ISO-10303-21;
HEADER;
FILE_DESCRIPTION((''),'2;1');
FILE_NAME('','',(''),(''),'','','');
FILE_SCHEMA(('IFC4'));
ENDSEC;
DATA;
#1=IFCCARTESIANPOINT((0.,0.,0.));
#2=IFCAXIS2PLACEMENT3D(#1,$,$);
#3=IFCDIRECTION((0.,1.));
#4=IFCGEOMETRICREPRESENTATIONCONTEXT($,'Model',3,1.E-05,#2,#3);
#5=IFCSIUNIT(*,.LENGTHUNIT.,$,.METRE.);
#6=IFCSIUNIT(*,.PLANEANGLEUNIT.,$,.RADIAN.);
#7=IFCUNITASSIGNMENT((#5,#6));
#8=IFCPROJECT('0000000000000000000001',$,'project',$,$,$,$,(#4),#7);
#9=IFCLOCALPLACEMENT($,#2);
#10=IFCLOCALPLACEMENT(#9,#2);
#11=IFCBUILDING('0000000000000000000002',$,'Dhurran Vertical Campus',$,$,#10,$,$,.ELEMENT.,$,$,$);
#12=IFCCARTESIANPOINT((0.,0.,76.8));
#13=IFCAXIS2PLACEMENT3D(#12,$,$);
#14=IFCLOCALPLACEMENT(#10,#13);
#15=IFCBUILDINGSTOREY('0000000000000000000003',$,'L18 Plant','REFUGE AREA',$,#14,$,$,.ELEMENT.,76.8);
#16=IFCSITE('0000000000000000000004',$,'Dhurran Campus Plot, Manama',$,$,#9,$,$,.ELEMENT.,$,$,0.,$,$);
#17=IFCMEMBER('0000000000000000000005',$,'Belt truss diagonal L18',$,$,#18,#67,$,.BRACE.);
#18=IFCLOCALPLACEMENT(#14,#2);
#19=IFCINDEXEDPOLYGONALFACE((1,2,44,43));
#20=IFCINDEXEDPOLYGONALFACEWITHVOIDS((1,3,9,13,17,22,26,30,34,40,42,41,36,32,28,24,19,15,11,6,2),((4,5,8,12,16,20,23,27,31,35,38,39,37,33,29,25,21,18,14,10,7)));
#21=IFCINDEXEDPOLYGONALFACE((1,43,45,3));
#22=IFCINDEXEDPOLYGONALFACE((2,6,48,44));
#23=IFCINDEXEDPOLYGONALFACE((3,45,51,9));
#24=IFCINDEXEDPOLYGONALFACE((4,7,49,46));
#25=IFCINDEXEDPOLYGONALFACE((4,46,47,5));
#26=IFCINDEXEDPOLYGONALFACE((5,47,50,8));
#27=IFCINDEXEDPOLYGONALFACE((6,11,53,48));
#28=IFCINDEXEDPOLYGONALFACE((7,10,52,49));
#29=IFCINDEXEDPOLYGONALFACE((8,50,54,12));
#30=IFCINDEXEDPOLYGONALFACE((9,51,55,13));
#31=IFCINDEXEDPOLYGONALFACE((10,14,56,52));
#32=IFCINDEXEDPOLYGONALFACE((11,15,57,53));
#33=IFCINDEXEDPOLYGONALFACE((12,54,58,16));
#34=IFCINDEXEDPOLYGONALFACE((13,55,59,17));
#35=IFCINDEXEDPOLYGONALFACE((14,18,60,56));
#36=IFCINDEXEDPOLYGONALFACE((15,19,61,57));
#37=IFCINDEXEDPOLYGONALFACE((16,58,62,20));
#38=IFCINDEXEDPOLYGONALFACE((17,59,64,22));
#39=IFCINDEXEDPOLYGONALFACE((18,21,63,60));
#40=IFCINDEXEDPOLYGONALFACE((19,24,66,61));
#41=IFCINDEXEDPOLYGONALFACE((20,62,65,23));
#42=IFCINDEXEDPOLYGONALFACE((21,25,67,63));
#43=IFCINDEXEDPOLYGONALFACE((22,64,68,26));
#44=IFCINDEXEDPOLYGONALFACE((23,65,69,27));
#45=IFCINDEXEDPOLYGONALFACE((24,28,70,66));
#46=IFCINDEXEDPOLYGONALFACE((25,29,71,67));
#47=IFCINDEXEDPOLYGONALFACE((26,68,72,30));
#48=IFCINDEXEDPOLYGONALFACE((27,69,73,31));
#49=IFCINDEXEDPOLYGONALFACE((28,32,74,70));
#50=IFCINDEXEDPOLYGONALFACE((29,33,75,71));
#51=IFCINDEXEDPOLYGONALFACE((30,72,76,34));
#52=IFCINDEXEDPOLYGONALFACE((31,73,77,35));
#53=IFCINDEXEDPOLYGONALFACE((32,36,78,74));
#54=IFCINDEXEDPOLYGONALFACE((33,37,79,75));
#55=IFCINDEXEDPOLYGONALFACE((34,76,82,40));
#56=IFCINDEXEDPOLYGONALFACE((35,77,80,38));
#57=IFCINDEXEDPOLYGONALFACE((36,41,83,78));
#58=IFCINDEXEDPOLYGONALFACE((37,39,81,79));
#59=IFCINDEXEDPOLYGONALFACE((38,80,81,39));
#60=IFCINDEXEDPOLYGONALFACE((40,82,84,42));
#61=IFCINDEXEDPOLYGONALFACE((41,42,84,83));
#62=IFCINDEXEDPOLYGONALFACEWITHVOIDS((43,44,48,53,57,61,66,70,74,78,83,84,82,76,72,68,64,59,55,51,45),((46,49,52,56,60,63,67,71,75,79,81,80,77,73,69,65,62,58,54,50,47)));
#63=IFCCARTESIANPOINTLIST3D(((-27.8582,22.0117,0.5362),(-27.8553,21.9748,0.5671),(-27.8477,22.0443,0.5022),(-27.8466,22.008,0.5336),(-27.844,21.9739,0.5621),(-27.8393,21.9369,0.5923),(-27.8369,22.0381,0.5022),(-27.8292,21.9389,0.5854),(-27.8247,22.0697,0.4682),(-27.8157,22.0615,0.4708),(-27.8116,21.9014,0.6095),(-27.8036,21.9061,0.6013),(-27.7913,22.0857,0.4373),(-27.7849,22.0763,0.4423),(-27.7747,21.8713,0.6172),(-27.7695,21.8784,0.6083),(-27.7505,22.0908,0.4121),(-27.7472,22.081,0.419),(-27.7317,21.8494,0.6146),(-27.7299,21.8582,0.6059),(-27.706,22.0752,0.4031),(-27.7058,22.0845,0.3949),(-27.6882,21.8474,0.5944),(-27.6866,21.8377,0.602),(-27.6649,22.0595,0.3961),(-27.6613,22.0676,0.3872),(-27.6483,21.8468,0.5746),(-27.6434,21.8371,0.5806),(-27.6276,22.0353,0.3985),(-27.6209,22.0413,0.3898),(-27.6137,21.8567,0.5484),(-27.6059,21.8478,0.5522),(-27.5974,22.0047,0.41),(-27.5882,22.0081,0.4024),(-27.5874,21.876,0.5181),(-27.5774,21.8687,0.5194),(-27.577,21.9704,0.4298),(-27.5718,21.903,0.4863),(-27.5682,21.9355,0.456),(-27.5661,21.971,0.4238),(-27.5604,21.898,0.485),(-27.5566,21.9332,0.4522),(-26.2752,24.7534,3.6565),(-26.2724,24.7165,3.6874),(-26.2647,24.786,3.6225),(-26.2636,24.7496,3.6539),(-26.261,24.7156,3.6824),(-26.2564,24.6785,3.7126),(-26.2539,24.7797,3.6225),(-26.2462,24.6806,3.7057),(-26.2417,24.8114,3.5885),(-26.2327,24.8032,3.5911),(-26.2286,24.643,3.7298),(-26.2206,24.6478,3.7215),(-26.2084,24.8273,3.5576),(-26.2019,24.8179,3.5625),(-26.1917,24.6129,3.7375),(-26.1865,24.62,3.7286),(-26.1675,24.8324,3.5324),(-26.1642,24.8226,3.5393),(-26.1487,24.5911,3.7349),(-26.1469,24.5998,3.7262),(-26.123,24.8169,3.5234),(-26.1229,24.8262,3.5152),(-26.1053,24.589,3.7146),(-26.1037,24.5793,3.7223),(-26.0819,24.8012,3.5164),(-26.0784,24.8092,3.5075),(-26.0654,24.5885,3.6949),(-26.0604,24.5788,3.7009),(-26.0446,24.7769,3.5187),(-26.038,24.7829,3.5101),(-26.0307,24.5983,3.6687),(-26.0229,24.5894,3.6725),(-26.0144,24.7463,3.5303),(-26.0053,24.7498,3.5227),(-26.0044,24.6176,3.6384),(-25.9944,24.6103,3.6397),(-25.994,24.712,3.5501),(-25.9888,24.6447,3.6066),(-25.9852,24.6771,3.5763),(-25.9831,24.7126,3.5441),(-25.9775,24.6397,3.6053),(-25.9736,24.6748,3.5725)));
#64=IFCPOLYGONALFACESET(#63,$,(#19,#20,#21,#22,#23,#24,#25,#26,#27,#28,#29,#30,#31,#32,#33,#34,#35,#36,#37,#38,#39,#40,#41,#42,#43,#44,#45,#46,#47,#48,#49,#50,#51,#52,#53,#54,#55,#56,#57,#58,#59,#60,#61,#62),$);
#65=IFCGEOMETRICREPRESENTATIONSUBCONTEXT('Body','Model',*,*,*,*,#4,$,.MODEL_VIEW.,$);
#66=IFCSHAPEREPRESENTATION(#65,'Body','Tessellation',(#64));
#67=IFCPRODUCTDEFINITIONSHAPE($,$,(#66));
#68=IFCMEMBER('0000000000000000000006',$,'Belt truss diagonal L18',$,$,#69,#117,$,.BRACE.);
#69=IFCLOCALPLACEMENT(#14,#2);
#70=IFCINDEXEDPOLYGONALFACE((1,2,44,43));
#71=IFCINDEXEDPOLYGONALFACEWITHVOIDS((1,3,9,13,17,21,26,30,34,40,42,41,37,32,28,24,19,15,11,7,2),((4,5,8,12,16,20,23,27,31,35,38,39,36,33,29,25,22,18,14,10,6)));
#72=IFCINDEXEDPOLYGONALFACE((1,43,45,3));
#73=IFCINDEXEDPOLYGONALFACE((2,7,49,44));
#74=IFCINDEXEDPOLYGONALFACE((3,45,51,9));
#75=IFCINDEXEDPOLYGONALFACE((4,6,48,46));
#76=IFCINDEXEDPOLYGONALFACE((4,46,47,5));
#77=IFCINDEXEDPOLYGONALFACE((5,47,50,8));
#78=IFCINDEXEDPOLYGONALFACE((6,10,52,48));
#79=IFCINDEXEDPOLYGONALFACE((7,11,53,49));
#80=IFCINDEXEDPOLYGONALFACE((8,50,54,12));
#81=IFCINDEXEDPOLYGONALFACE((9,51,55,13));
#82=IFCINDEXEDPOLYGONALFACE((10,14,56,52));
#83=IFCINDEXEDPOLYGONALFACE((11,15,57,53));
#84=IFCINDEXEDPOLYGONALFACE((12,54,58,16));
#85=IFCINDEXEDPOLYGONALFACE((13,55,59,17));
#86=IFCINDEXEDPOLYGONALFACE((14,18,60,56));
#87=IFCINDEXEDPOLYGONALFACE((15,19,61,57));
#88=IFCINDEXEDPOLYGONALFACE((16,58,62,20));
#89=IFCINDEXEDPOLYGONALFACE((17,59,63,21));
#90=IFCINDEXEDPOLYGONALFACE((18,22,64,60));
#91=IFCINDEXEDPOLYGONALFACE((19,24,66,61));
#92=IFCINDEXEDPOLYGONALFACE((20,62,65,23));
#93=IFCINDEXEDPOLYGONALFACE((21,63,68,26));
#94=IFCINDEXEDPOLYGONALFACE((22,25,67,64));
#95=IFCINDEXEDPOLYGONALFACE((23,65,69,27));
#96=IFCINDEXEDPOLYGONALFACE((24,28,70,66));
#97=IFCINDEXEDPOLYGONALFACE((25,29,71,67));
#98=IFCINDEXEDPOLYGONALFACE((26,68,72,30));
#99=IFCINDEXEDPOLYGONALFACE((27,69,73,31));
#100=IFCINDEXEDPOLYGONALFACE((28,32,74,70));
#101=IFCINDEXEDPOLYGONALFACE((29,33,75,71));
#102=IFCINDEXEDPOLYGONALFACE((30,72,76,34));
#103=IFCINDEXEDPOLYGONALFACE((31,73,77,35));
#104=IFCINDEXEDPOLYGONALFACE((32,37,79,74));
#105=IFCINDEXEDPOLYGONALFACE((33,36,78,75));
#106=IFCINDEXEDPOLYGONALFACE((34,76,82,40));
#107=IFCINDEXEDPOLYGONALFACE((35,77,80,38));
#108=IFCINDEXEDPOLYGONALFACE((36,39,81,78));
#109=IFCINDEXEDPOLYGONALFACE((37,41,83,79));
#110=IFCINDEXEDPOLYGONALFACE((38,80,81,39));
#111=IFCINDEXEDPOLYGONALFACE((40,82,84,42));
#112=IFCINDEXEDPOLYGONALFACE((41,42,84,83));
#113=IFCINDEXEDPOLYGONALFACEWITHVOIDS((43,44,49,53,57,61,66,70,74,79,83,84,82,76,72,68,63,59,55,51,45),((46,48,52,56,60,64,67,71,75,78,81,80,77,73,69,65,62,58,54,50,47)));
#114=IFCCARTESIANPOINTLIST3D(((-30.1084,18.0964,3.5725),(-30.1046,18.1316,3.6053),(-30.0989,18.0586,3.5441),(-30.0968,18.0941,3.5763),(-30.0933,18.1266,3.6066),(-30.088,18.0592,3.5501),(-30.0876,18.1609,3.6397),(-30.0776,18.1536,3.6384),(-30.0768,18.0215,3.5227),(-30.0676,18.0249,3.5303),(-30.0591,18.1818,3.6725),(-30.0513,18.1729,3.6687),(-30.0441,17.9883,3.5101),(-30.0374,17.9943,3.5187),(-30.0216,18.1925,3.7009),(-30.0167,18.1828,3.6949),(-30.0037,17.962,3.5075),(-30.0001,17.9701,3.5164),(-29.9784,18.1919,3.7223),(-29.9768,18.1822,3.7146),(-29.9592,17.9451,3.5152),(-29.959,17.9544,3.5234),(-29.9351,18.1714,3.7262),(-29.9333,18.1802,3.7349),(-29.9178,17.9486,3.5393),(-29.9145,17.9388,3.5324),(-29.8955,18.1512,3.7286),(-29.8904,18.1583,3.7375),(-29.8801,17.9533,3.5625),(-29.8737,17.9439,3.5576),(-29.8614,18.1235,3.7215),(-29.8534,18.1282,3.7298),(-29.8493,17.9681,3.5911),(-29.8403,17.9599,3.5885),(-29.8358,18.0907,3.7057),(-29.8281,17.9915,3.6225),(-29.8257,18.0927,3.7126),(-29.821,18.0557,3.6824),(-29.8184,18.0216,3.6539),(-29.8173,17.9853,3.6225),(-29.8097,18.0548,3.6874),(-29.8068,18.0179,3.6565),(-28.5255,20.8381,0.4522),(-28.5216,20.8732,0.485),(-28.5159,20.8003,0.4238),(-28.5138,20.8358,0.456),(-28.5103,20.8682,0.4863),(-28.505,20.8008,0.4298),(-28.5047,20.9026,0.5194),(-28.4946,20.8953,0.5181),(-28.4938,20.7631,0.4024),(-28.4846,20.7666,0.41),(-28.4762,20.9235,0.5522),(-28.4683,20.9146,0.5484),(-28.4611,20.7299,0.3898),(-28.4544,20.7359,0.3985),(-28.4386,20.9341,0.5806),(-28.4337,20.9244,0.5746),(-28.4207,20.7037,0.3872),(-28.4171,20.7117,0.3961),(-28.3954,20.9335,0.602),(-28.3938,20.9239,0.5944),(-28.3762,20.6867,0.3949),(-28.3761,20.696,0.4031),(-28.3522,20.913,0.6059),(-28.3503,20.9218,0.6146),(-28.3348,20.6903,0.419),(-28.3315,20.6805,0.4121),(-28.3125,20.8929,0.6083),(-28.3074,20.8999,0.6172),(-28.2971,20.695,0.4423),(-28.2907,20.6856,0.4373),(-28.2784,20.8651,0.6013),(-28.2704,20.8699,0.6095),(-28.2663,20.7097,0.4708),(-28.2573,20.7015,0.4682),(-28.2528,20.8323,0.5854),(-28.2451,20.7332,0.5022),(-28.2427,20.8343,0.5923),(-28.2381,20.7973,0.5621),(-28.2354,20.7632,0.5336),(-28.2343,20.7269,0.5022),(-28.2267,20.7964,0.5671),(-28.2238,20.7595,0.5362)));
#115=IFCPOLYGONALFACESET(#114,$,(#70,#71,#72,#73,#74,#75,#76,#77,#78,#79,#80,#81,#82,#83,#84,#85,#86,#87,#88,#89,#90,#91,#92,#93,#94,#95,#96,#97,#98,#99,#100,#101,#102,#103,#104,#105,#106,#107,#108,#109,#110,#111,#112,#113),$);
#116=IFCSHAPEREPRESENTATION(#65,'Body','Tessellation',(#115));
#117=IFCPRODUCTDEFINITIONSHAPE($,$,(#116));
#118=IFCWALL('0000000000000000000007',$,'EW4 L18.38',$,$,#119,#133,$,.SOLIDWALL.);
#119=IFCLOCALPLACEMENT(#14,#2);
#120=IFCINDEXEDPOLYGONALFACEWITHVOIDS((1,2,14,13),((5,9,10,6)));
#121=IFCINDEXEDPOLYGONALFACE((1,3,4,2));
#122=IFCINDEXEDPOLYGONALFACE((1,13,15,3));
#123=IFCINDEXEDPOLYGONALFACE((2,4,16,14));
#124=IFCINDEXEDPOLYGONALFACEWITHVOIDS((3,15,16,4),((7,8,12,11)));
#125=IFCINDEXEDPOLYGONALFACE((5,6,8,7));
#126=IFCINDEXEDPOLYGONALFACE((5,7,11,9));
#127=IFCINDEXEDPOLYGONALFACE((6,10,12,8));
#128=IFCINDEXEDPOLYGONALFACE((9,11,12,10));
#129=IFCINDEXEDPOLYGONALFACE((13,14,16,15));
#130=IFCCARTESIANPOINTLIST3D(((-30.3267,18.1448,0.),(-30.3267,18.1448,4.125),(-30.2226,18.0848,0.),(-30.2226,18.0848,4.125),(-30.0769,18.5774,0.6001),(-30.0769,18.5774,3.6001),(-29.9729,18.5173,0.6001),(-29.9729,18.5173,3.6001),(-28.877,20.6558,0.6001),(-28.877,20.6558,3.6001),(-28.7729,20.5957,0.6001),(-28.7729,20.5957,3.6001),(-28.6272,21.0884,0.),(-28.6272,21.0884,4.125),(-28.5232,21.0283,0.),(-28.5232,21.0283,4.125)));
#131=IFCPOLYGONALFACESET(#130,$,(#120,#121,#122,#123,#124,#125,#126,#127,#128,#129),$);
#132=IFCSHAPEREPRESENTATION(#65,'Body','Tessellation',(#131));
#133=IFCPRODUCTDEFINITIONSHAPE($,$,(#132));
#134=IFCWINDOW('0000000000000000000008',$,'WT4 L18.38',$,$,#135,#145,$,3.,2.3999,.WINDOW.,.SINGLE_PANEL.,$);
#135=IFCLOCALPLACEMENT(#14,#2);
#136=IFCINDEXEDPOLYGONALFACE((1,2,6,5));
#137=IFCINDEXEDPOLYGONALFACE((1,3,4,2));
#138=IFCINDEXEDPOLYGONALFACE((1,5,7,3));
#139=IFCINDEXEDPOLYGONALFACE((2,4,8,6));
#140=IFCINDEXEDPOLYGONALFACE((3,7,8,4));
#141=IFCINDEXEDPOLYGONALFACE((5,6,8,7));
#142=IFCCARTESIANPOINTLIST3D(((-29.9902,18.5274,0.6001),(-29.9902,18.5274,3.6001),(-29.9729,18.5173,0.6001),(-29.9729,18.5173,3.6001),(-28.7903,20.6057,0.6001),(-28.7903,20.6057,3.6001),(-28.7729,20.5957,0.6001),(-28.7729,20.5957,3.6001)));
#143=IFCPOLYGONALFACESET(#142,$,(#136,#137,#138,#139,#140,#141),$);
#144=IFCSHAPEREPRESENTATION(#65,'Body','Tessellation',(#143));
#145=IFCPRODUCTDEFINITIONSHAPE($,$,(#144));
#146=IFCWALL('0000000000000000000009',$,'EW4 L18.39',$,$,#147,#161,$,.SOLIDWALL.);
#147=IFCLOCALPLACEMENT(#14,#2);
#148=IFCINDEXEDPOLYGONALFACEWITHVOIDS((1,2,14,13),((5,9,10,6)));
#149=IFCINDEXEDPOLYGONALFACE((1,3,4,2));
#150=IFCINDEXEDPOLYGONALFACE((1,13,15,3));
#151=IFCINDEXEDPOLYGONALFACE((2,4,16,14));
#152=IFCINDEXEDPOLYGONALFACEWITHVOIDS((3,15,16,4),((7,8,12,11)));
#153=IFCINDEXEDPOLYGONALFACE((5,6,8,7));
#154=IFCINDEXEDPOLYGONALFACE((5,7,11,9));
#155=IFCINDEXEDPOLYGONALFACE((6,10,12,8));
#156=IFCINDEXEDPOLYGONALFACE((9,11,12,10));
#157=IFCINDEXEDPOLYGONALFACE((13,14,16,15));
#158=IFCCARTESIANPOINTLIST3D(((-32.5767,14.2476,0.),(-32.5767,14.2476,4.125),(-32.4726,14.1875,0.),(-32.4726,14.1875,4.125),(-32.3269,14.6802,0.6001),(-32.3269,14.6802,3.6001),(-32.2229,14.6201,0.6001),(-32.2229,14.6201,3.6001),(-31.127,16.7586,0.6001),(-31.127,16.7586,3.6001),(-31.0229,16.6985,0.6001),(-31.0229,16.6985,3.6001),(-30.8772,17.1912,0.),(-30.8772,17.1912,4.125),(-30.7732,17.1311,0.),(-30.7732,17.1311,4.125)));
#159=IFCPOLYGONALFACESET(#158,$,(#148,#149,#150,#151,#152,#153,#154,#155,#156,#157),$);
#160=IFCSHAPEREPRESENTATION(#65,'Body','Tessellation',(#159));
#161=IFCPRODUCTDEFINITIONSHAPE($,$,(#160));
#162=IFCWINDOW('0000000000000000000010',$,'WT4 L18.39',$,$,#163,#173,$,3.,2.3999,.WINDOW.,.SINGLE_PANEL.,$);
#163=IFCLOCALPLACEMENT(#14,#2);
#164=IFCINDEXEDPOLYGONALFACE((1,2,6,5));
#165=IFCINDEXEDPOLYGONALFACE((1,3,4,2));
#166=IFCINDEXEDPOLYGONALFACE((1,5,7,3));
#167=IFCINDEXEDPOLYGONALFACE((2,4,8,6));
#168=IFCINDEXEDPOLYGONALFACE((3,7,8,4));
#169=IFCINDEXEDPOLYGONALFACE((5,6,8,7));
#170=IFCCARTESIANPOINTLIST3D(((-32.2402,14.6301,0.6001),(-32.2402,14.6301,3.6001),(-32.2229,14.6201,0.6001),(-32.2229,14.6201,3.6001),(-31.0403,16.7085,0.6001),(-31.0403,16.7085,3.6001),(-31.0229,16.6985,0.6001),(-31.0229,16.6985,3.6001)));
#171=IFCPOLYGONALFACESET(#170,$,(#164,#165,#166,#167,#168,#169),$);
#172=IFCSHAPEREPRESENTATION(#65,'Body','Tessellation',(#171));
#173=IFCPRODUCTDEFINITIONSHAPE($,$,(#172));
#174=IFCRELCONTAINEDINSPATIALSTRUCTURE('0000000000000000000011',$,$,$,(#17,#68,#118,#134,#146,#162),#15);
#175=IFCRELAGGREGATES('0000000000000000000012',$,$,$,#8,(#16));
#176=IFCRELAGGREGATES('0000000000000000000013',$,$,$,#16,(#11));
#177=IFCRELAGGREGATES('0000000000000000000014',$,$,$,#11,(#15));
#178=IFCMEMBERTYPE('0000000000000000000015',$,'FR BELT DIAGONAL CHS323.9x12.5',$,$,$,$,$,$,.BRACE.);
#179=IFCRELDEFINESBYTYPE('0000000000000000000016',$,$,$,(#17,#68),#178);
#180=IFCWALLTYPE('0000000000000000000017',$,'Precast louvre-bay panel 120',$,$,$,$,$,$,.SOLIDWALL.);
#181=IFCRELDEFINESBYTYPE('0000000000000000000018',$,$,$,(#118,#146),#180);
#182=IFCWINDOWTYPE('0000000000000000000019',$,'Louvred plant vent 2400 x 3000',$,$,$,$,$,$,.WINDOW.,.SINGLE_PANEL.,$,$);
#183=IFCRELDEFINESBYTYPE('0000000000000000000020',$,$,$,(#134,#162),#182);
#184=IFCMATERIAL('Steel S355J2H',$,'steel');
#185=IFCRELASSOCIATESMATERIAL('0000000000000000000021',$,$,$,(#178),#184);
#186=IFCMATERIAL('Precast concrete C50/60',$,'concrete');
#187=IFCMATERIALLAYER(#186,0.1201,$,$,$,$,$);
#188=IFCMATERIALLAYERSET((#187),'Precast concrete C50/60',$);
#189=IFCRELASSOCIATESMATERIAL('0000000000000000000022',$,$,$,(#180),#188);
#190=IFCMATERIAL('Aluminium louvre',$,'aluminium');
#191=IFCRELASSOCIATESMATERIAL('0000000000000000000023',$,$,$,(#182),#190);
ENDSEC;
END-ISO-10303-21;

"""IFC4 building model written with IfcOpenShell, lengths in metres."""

from ifc_helpers import new_model, si_unit, direction, frame, frame_2d, origin, origin_2d, place, context, subcontext, project, spatial, rectangle, hollow_circle, extrude, material, layer, layer_set, material_profile, profile_set, type_object, element, fill, save


model = new_model("IFC4")

# Units and contexts
model_context = context("Model", 3, precision=1e-05, world=origin(), true_north=direction((0.0, 1.0)))
body_context = subcontext(model_context, "Body", "Model", "MODEL_VIEW")
ifc_project = project(units=[si_unit("LENGTHUNIT", "METRE"), si_unit("PLANEANGLEUNIT", "RADIAN")], contexts=[model_context])

# Site, building, storey
site_placement = place(None, origin())
site = spatial("IfcSite", under=ifc_project, at=site_placement, Name="Dhurran Campus Plot, Manama", CompositionType="ELEMENT", RefElevation=0.0)
building_placement = place(site_placement, origin())
building = spatial("IfcBuilding", under=site, at=building_placement, Name="Dhurran Vertical Campus", CompositionType="ELEMENT")
storey_placement = place(building_placement, frame((0.0, 0.0, 76.8)))
storey = spatial("IfcBuildingStorey", under=building, at=storey_placement, Name="L18 Plant", Description="REFUGE AREA", CompositionType="ELEMENT", Elevation=76.8)

# Members
ifc_material_1 = material(Name="Steel S355J2H", Category="steel")
ifc_material_profile_1 = material_profile(ifc_material_1, hollow_circle(Radius=0.1619, WallThickness=0.0125, at=origin_2d()), Name="CHS323.9x12.5")
ifc_profile_set_1 = profile_set([ifc_material_profile_1], Name="Steel S355J2H")
member_type = type_object("IfcMemberType", Name="FR BELT DIAGONAL CHS323.9x12.5", PredefinedType="BRACE", material=ifc_profile_set_1)
for number, where, z_axis, x_axis, name in (
    (1, (-27.7075, 21.9634, 0.5022), (0.356119, 0.616782, 0.701968), (-0.866013, 0.500021, 0.0), "Belt truss diagonal L18"),
    (2, (-28.3745, 20.8079, 0.5022), (-0.356119, -0.616782, 0.701968), (0.866013, -0.500021, 0.0), "Belt truss diagonal L18"),
):
    element("IfcMember", number, at=place(storey_placement, frame(where, z_axis=z_axis, x_axis=x_axis)), inside=storey, type_object=member_type, Name=name, PredefinedType="BRACE", context=body_context, shape_type="SweptSolid", body=[
        extrude(hollow_circle(Radius=0.1619, WallThickness=0.0125, at=origin_2d()), origin(), (0.0, 0.0, 1.0), 4.4451),
    ])

# Walls, openings, windows
ifc_material_2 = material(Name="Precast concrete C50/60", Category="concrete")
ifc_layer = layer(ifc_material_2, 0.1201)
ifc_layer_set = layer_set([ifc_layer], Name="Precast concrete C50/60")
wall_type = type_object("IfcWallType", Name="Precast louvre-bay panel 120", PredefinedType="SOLIDWALL", material=ifc_layer_set)
wall_1_placement = place(storey_placement, frame((-28.5752, 21.0583, 0.0), z_axis=(0.0, 0.0, 1.0), x_axis=(-0.499994, -0.866029, 0.0)))
wall_1 = element("IfcWall", 3, at=wall_1_placement, inside=storey, type_object=wall_type, Name="EW4 L18.38", PredefinedType="SOLIDWALL", context=body_context, shape_type="SweptSolid", body=[
    extrude(rectangle(XDim=3.3989, YDim=0.1201, at=frame_2d((1.6995, 0.0))), origin(), (0.0, 0.0, 1.0), 4.125),
])
opening_1_placement = place(wall_1_placement, frame((0.4995, 0.0, 0.6001)))
opening_1 = element("IfcOpeningElement", 4, at=opening_1_placement, cuts=wall_1, PredefinedType="OPENING", context=body_context, shape_type="SweptSolid", body=[
    extrude(rectangle(XDim=2.3999, YDim=3.0, at=frame_2d((1.2, 1.5))), frame((0.0, 0.0701, 0.0), z_axis=(0.0, -1.0, 0.0), x_axis=(1.0, 0.0, 0.0)), (0.0, 0.0, 1.0), 0.1401),
])
ifc_material_3 = material(Name="Aluminium louvre", Category="aluminium")
window_type = type_object("IfcWindowType", Name="Louvred plant vent 2400 x 3000", PartitioningType="SINGLE_PANEL", PredefinedType="WINDOW", material=ifc_material_3)
window_1_placement = place(opening_1_placement, origin())
window_1 = element("IfcWindow", 5, at=window_1_placement, inside=storey, type_object=window_type, Name="WT4 L18.38", OverallHeight=3.0, OverallWidth=2.3999, PartitioningType="SINGLE_PANEL", PredefinedType="WINDOW", context=body_context, shape_type="SweptSolid", body=[
    extrude(rectangle(XDim=2.3999, YDim=3.0, at=frame_2d((1.2, 1.5))), frame((0.0, 0.0601, 0.0), z_axis=(0.0, -1.0, 0.0), x_axis=(1.0, 0.0, 0.0)), (0.0, 0.0, 1.0), 0.02),
])
fill(opening_1, window_1)
wall_2_placement = place(storey_placement, frame((-30.8252, 17.1611, 0.0), z_axis=(0.0, 0.0, 1.0), x_axis=(-0.499994, -0.866029, 0.0)))
wall_2 = element("IfcWall", 6, at=wall_2_placement, inside=storey, type_object=wall_type, Name="EW4 L18.39", PredefinedType="SOLIDWALL", context=body_context, shape_type="SweptSolid", body=[
    extrude(rectangle(XDim=3.3989, YDim=0.1201, at=frame_2d((1.6995, 0.0))), origin(), (0.0, 0.0, 1.0), 4.125),
])
opening_2_placement = place(wall_2_placement, frame((0.4995, 0.0, 0.6001)))
opening_2 = element("IfcOpeningElement", 7, at=opening_2_placement, cuts=wall_2, PredefinedType="OPENING", context=body_context, shape_type="SweptSolid", body=[
    extrude(rectangle(XDim=2.3999, YDim=3.0, at=frame_2d((1.2, 1.5))), frame((0.0, 0.0701, 0.0), z_axis=(0.0, -1.0, 0.0), x_axis=(1.0, 0.0, 0.0)), (0.0, 0.0, 1.0), 0.1401),
])
window_2_placement = place(opening_2_placement, origin())
window_2 = element("IfcWindow", 8, at=window_2_placement, inside=storey, type_object=window_type, Name="WT4 L18.39", OverallHeight=3.0, OverallWidth=2.3999, PartitioningType="SINGLE_PANEL", PredefinedType="WINDOW", context=body_context, shape_type="SweptSolid", body=[
    extrude(rectangle(XDim=2.3999, YDim=3.0, at=frame_2d((1.2, 1.5))), frame((0.0, 0.0601, 0.0), z_axis=(0.0, -1.0, 0.0), x_axis=(1.0, 0.0, 0.0)), (0.0, 0.0, 1.0), 0.02),
])
fill(opening_2, window_2)

save(model, "model.ifc")
